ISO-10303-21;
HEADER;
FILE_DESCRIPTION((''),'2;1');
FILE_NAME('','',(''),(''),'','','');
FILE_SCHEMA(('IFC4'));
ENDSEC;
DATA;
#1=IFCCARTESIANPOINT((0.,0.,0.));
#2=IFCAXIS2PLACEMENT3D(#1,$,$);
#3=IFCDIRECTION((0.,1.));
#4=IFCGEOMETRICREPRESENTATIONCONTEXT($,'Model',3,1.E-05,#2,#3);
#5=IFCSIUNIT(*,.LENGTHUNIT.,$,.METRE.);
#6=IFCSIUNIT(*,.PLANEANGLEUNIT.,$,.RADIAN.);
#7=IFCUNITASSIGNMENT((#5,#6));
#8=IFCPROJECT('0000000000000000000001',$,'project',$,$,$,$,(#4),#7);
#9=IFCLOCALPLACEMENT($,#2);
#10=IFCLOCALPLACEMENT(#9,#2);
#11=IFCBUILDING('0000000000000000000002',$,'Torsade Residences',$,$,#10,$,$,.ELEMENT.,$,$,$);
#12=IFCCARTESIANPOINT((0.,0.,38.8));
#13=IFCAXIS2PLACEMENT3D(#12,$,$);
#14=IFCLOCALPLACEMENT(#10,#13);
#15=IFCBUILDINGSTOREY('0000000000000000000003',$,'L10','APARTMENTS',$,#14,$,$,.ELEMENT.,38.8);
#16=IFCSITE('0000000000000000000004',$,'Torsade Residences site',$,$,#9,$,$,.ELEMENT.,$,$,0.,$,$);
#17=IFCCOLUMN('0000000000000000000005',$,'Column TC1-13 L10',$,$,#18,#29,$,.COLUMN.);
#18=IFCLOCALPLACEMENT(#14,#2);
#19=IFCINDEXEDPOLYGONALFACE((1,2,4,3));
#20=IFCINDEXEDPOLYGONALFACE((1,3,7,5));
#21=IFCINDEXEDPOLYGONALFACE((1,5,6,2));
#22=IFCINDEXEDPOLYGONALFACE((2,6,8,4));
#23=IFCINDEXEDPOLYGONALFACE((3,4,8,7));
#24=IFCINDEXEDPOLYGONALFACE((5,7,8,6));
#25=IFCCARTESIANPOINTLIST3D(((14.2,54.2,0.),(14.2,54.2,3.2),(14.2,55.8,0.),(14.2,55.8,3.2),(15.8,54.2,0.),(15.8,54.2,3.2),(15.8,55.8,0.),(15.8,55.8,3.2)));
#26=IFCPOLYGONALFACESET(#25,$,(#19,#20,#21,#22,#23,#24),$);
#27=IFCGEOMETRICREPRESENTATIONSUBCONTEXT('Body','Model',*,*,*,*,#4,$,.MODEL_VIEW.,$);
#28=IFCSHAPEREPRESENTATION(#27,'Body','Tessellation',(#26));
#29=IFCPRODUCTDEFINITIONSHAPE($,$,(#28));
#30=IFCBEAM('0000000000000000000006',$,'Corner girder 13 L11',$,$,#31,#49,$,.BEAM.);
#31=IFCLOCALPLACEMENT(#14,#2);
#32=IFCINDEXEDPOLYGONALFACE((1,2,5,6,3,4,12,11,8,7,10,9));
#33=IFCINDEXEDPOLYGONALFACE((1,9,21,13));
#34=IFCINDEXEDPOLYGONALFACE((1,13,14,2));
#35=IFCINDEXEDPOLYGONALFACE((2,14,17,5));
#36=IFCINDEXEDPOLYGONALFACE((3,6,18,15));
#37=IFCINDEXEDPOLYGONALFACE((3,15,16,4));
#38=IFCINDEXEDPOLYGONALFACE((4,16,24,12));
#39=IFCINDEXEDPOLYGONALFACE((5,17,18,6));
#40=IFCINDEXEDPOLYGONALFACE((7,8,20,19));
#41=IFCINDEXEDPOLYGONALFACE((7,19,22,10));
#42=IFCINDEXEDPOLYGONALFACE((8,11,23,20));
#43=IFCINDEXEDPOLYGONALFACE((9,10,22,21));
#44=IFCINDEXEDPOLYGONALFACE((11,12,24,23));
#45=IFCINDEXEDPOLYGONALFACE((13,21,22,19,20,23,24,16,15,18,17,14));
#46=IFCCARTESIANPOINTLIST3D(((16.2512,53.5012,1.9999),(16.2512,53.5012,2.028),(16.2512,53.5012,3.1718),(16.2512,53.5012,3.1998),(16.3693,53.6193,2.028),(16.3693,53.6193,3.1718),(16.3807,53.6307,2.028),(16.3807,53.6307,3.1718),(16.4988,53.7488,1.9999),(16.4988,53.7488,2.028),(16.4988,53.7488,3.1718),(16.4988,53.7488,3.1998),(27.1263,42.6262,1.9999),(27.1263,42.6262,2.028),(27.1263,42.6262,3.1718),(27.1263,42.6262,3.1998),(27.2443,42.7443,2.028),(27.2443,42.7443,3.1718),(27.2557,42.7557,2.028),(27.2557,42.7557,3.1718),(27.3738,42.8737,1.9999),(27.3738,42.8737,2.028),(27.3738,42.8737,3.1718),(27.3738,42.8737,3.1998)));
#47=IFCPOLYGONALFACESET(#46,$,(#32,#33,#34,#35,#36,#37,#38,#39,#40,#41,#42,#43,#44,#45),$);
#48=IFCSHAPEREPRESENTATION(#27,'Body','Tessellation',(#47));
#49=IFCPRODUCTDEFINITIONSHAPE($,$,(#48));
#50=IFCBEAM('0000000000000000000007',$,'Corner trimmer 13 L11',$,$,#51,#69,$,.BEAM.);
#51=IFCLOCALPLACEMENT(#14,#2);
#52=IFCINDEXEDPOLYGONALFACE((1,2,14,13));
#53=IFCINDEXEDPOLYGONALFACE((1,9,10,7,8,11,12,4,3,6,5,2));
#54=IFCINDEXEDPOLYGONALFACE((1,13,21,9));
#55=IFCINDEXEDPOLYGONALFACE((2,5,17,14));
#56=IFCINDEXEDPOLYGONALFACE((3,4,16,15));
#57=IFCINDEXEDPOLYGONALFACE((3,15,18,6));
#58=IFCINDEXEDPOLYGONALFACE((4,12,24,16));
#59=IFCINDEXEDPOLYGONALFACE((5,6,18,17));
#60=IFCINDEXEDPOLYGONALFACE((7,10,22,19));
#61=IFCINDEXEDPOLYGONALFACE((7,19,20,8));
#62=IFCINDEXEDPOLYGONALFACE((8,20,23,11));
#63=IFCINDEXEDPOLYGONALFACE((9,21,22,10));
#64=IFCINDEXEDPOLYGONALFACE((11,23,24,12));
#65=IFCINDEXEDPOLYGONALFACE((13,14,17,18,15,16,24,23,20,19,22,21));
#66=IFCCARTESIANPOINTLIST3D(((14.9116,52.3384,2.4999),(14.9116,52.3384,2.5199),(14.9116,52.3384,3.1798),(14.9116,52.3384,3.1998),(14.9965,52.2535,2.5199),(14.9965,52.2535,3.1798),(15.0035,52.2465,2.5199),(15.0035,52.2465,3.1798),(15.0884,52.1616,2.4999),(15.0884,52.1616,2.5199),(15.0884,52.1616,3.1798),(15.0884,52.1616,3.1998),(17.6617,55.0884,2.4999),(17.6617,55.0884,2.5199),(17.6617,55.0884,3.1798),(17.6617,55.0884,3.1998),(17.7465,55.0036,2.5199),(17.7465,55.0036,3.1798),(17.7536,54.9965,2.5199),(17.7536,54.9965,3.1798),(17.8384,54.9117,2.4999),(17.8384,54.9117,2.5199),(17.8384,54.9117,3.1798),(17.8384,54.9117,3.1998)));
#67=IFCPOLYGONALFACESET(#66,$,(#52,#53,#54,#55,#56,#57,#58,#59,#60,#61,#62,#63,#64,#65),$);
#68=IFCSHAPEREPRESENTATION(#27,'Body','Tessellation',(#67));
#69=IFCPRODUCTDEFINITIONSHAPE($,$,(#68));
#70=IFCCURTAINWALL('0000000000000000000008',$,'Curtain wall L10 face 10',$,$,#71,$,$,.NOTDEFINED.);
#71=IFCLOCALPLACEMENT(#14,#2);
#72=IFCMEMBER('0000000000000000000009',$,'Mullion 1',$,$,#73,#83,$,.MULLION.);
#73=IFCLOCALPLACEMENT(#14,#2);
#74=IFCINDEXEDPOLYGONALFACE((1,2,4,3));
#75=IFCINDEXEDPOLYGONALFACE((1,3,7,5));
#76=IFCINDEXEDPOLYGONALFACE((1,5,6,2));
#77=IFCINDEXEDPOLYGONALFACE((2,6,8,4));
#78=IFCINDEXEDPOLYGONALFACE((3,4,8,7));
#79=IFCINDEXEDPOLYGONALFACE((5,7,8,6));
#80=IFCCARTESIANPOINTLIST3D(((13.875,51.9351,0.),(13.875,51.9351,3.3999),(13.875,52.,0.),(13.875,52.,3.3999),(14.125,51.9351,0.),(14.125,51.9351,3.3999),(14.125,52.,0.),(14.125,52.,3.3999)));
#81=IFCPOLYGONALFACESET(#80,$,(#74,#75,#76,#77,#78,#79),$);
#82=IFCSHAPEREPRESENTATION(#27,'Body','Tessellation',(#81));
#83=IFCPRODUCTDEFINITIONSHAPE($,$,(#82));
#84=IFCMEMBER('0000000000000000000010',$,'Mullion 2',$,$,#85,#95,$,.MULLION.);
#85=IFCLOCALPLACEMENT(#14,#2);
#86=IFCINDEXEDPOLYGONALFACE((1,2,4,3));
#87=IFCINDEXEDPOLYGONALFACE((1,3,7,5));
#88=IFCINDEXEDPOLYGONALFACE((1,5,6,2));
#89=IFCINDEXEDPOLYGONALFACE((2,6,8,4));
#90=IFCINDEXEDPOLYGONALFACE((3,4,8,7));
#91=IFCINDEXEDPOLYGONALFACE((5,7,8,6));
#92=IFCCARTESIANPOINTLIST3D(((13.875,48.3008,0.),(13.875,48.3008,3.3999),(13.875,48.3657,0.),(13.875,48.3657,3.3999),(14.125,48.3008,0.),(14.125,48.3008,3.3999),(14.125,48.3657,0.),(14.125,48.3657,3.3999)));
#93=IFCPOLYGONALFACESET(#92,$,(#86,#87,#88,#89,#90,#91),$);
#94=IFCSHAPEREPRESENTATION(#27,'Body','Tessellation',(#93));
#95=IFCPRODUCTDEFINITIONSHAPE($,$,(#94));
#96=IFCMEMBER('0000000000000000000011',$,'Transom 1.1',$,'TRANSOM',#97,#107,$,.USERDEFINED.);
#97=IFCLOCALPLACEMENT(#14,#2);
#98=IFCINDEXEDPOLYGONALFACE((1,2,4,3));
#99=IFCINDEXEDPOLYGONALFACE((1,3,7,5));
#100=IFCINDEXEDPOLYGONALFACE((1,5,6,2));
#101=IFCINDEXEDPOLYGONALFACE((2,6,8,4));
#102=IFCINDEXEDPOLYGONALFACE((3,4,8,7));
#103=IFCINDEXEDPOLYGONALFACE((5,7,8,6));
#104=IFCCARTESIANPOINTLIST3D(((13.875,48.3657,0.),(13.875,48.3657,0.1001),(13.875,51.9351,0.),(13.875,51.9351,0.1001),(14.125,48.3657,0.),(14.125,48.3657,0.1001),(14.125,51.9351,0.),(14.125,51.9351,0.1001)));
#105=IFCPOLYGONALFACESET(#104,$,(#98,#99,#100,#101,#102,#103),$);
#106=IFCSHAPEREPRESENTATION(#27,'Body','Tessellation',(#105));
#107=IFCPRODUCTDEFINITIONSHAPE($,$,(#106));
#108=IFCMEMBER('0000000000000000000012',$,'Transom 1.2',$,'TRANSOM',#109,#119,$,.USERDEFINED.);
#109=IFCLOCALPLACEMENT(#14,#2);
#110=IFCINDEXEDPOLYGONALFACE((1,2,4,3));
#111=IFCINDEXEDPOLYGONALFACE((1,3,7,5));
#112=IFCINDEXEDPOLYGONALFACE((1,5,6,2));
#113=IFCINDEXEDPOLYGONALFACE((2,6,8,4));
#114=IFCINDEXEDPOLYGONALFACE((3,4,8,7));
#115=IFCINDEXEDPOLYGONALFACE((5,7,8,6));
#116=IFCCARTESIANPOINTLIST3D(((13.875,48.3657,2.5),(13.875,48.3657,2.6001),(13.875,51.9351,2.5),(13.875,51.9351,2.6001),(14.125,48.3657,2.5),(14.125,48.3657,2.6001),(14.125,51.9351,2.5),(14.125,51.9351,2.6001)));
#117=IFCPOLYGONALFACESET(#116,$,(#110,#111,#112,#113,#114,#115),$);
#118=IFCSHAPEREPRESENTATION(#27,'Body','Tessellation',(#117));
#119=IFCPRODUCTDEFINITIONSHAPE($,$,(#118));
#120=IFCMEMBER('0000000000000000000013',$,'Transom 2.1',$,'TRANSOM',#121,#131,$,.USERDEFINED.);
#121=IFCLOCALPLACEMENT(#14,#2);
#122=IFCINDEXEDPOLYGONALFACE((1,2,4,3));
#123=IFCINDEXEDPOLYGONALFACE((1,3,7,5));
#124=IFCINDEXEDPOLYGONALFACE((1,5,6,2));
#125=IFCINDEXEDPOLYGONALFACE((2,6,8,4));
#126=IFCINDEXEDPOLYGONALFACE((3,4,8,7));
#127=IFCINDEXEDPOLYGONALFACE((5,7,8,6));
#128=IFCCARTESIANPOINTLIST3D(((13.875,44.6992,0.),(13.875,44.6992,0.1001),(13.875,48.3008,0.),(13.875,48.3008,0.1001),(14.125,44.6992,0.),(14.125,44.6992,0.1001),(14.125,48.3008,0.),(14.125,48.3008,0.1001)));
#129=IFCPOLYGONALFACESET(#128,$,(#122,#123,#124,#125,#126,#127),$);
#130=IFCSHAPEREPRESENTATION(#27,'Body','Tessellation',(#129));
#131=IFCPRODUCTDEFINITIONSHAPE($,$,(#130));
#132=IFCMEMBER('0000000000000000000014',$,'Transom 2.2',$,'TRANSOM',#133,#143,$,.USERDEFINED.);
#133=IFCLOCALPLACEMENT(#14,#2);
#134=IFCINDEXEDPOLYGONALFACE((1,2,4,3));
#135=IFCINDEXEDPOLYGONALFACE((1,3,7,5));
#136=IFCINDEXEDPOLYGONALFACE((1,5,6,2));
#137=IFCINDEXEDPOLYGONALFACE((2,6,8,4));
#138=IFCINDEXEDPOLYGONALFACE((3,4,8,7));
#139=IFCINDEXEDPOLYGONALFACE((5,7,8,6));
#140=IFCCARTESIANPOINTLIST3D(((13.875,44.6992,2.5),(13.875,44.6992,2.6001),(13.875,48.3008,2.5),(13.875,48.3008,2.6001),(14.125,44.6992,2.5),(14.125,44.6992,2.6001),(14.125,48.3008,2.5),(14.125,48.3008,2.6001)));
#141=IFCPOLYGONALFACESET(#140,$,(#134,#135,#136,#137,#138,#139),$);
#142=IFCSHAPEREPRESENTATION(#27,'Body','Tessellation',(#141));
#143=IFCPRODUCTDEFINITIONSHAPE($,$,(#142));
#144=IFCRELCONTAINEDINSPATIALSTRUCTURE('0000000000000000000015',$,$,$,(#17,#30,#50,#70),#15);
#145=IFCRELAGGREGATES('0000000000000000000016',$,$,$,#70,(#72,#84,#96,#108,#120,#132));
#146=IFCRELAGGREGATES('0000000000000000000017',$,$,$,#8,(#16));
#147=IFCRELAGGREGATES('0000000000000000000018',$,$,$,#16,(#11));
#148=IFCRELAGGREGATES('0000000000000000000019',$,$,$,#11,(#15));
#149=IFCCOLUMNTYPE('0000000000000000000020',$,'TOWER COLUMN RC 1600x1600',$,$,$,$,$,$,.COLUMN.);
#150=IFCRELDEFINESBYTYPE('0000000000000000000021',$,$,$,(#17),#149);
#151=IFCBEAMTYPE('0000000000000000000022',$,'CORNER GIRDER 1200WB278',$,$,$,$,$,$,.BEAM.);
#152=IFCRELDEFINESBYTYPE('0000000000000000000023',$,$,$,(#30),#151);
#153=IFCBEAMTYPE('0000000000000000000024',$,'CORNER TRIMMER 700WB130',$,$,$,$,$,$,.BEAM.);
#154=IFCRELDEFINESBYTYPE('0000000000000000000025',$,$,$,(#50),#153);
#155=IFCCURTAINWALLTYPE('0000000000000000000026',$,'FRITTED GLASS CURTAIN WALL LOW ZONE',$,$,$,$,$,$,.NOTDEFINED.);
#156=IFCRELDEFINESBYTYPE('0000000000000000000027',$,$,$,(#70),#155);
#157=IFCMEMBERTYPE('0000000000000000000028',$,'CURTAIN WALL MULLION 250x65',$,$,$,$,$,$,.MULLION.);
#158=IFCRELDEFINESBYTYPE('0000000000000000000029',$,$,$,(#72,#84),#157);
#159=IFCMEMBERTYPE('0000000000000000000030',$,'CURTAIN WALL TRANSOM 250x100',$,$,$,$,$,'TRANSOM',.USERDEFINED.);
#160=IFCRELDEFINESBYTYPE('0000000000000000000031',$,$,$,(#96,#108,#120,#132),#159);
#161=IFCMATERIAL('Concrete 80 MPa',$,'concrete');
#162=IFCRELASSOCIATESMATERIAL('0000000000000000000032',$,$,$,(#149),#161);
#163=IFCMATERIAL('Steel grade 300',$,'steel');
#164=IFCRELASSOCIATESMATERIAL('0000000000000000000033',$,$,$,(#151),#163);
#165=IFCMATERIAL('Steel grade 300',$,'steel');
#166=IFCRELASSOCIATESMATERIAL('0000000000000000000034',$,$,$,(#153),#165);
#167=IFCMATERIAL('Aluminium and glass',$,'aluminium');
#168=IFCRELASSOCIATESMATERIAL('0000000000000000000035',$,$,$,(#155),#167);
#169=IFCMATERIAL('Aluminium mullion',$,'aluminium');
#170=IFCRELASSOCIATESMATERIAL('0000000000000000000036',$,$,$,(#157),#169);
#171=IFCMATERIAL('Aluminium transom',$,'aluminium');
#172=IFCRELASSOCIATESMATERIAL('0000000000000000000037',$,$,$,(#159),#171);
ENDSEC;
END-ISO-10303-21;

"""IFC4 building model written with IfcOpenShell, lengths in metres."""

from ifc_helpers import new_model, si_unit, direction, frame, origin, origin_2d, place, context, subcontext, project, spatial, rectangle, i_section, extrude, material, material_profile, profile_set, type_object, element, aggregate, save


model = new_model("IFC4")

# Units and contexts
model_context = context("Model", 3, precision=1e-05, world=origin(), true_north=direction((0.0, 1.0)))
body_context = subcontext(model_context, "Body", "Model", "MODEL_VIEW")
ifc_project = project(units=[si_unit("LENGTHUNIT", "METRE"), si_unit("PLANEANGLEUNIT", "RADIAN")], contexts=[model_context])

# Site, building, storey
site_placement = place(None, origin())
site = spatial("IfcSite", under=ifc_project, at=site_placement, Name="Torsade Residences site", CompositionType="ELEMENT", RefElevation=0.0)
building_placement = place(site_placement, origin())
building = spatial("IfcBuilding", under=site, at=building_placement, Name="Torsade Residences", CompositionType="ELEMENT")
storey_placement = place(building_placement, frame((0.0, 0.0, 38.8)))
storey = spatial("IfcBuildingStorey", under=building, at=storey_placement, Name="L10", Description="APARTMENTS", CompositionType="ELEMENT", Elevation=38.8)

# Column
ifc_material_1 = material(Name="Concrete 80 MPa", Category="concrete")
ifc_material_profile_1 = material_profile(ifc_material_1, rectangle(XDim=1.6001, YDim=1.6001, at=origin_2d()), Name="RC 1600x1600")
ifc_profile_set_1 = profile_set([ifc_material_profile_1], Name="Concrete 80 MPa")
column_type = type_object("IfcColumnType", Name="TOWER COLUMN RC 1600x1600", PredefinedType="COLUMN", material=ifc_profile_set_1)
column_placement = place(storey_placement, frame((15.0, 55.0, 0.0), z_axis=(0.0, 0.0, 1.0), x_axis=(1.0, 0.0, 0.0)))
element("IfcColumn", 1, at=column_placement, inside=storey, type_object=column_type, Name="Column TC1-13 L10", PredefinedType="COLUMN", context=body_context, shape_type="SweptSolid", body=[
    extrude(rectangle(XDim=1.6001, YDim=1.6001, at=origin_2d()), origin(), (0.0, 0.0, 1.0), 3.2),
])

# Beams
ifc_material_2 = material(Name="Steel grade 300", Category="steel")
ifc_material_profile_2 = material_profile(ifc_material_2, i_section(OverallWidth=0.3501, OverallDepth=1.2, WebThickness=0.0161, FlangeThickness=0.0281, at=origin_2d()), Name="1200WB278")
ifc_profile_set_2 = profile_set([ifc_material_profile_2], Name="Steel grade 300")
beam_type_1 = type_object("IfcBeamType", Name="CORNER GIRDER 1200WB278", PredefinedType="BEAM", material=ifc_profile_set_2)
beam_1_placement = place(storey_placement, frame((16.375, 53.625, 2.5999), z_axis=(0.707107, -0.707107, 0.0), x_axis=(0.707107, 0.707107, 0.0)))
element("IfcBeam", 2, at=beam_1_placement, inside=storey, type_object=beam_type_1, Name="Corner girder 13 L11", PredefinedType="BEAM", context=body_context, shape_type="SweptSolid", body=[
    extrude(i_section(OverallWidth=0.3501, OverallDepth=1.2, WebThickness=0.0161, FlangeThickness=0.0281, at=origin_2d()), origin(), (0.0, 0.0, 1.0), 15.3796),
])
ifc_material_3 = material(Name="Steel grade 300", Category="steel")
ifc_material_profile_3 = material_profile(ifc_material_3, i_section(OverallWidth=0.25, OverallDepth=0.7, WebThickness=0.01, FlangeThickness=0.02, at=origin_2d()), Name="700WB130")
ifc_profile_set_3 = profile_set([ifc_material_profile_3], Name="Steel grade 300")
beam_type_2 = type_object("IfcBeamType", Name="CORNER TRIMMER 700WB130", PredefinedType="BEAM", material=ifc_profile_set_3)
beam_2_placement = place(storey_placement, frame((15.0, 52.25, 2.8499), z_axis=(0.707107, 0.707107, 0.0), x_axis=(-0.707107, 0.707107, 0.0)))
element("IfcBeam", 3, at=beam_2_placement, inside=storey, type_object=beam_type_2, Name="Corner trimmer 13 L11", PredefinedType="BEAM", context=body_context, shape_type="SweptSolid", body=[
    extrude(i_section(OverallWidth=0.25, OverallDepth=0.7, WebThickness=0.01, FlangeThickness=0.02, at=origin_2d()), origin(), (0.0, 0.0, 1.0), 3.8892),
])

# Curtain wall, members
ifc_material_4 = material(Name="Aluminium and glass", Category="aluminium")
curtain_wall_type = type_object("IfcCurtainWallType", Name="FRITTED GLASS CURTAIN WALL LOW ZONE", PredefinedType="NOTDEFINED", material=ifc_material_4)
curtain_wall_placement = place(storey_placement, origin())
curtain_wall = element("IfcCurtainWall", 4, at=curtain_wall_placement, inside=storey, type_object=curtain_wall_type, Name="Curtain wall L10 face 10", PredefinedType="NOTDEFINED")
ifc_material_5 = material(Name="Aluminium mullion", Category="aluminium")
ifc_material_profile_4 = material_profile(ifc_material_5, rectangle(XDim=0.25, YDim=0.0649, at=origin_2d()), Name="CURTAIN WALL MULLION 250x65")
ifc_profile_set_4 = profile_set([ifc_material_profile_4], Name="Aluminium mullion")
member_type_1 = type_object("IfcMemberType", Name="CURTAIN WALL MULLION 250x65", PredefinedType="MULLION", material=ifc_profile_set_4)
member_1_placement = place(storey_placement, frame((14.0, 51.9675, 0.0), z_axis=(0.0, 0.0, 1.0), x_axis=(1.0, 0.0, 0.0)))
member_1 = element("IfcMember", 5, at=member_1_placement, type_object=member_type_1, Name="Mullion 1", PredefinedType="MULLION", context=body_context, shape_type="SweptSolid", body=[
    extrude(rectangle(XDim=0.25, YDim=0.0649, at=origin_2d()), origin(), (0.0, 0.0, 1.0), 3.3999),
])
member_2_placement = place(storey_placement, frame((14.0, 48.3333, 0.0), z_axis=(0.0, 0.0, 1.0), x_axis=(1.0, 0.0, 0.0)))
member_2 = element("IfcMember", 6, at=member_2_placement, type_object=member_type_1, Name="Mullion 2", PredefinedType="MULLION", context=body_context, shape_type="SweptSolid", body=[
    extrude(rectangle(XDim=0.25, YDim=0.0649, at=origin_2d()), origin(), (0.0, 0.0, 1.0), 3.3999),
])
ifc_material_6 = material(Name="Aluminium transom", Category="aluminium")
ifc_material_profile_5 = material_profile(ifc_material_6, rectangle(XDim=0.25, YDim=0.1001, at=origin_2d()), Name="CURTAIN WALL TRANSOM 250x100")
ifc_profile_set_5 = profile_set([ifc_material_profile_5], Name="Aluminium transom")
member_type_2 = type_object("IfcMemberType", Name="CURTAIN WALL TRANSOM 250x100", ElementType="TRANSOM", PredefinedType="USERDEFINED", material=ifc_profile_set_5)
member_3_placement = place(storey_placement, frame((14.0, 51.9351, 0.05), z_axis=(0.0, -1.0, 0.0), x_axis=(1.0, 0.0, 0.0)))
member_3 = element("IfcMember", 7, at=member_3_placement, type_object=member_type_2, Name="Transom 1.1", ObjectType="TRANSOM", PredefinedType="USERDEFINED", context=body_context, shape_type="SweptSolid", body=[
    extrude(rectangle(XDim=0.25, YDim=0.1001, at=origin_2d()), origin(), (0.0, 0.0, 1.0), 3.5693),
])
member_4_placement = place(storey_placement, frame((14.0, 51.9351, 2.55), z_axis=(0.0, -1.0, 0.0), x_axis=(1.0, 0.0, 0.0)))
member_4 = element("IfcMember", 8, at=member_4_placement, type_object=member_type_2, Name="Transom 1.2", ObjectType="TRANSOM", PredefinedType="USERDEFINED", context=body_context, shape_type="SweptSolid", body=[
    extrude(rectangle(XDim=0.25, YDim=0.1001, at=origin_2d()), origin(), (0.0, 0.0, 1.0), 3.5693),
])
member_5_placement = place(storey_placement, frame((14.0, 48.3008, 0.05), z_axis=(0.0, -1.0, 0.0), x_axis=(1.0, 0.0, 0.0)))
member_5 = element("IfcMember", 9, at=member_5_placement, type_object=member_type_2, Name="Transom 2.1", ObjectType="TRANSOM", PredefinedType="USERDEFINED", context=body_context, shape_type="SweptSolid", body=[
    extrude(rectangle(XDim=0.25, YDim=0.1001, at=origin_2d()), origin(), (0.0, 0.0, 1.0), 3.6016),
])
member_6_placement = place(storey_placement, frame((14.0, 48.3008, 2.55), z_axis=(0.0, -1.0, 0.0), x_axis=(1.0, 0.0, 0.0)))
member_6 = element("IfcMember", 10, at=member_6_placement, type_object=member_type_2, Name="Transom 2.2", ObjectType="TRANSOM", PredefinedType="USERDEFINED", context=body_context, shape_type="SweptSolid", body=[
    extrude(rectangle(XDim=0.25, YDim=0.1001, at=origin_2d()), origin(), (0.0, 0.0, 1.0), 3.6016),
])

aggregate(curtain_wall, [member_1, member_2, member_3, member_4, member_5, member_6])

save(model, "model.ifc")
